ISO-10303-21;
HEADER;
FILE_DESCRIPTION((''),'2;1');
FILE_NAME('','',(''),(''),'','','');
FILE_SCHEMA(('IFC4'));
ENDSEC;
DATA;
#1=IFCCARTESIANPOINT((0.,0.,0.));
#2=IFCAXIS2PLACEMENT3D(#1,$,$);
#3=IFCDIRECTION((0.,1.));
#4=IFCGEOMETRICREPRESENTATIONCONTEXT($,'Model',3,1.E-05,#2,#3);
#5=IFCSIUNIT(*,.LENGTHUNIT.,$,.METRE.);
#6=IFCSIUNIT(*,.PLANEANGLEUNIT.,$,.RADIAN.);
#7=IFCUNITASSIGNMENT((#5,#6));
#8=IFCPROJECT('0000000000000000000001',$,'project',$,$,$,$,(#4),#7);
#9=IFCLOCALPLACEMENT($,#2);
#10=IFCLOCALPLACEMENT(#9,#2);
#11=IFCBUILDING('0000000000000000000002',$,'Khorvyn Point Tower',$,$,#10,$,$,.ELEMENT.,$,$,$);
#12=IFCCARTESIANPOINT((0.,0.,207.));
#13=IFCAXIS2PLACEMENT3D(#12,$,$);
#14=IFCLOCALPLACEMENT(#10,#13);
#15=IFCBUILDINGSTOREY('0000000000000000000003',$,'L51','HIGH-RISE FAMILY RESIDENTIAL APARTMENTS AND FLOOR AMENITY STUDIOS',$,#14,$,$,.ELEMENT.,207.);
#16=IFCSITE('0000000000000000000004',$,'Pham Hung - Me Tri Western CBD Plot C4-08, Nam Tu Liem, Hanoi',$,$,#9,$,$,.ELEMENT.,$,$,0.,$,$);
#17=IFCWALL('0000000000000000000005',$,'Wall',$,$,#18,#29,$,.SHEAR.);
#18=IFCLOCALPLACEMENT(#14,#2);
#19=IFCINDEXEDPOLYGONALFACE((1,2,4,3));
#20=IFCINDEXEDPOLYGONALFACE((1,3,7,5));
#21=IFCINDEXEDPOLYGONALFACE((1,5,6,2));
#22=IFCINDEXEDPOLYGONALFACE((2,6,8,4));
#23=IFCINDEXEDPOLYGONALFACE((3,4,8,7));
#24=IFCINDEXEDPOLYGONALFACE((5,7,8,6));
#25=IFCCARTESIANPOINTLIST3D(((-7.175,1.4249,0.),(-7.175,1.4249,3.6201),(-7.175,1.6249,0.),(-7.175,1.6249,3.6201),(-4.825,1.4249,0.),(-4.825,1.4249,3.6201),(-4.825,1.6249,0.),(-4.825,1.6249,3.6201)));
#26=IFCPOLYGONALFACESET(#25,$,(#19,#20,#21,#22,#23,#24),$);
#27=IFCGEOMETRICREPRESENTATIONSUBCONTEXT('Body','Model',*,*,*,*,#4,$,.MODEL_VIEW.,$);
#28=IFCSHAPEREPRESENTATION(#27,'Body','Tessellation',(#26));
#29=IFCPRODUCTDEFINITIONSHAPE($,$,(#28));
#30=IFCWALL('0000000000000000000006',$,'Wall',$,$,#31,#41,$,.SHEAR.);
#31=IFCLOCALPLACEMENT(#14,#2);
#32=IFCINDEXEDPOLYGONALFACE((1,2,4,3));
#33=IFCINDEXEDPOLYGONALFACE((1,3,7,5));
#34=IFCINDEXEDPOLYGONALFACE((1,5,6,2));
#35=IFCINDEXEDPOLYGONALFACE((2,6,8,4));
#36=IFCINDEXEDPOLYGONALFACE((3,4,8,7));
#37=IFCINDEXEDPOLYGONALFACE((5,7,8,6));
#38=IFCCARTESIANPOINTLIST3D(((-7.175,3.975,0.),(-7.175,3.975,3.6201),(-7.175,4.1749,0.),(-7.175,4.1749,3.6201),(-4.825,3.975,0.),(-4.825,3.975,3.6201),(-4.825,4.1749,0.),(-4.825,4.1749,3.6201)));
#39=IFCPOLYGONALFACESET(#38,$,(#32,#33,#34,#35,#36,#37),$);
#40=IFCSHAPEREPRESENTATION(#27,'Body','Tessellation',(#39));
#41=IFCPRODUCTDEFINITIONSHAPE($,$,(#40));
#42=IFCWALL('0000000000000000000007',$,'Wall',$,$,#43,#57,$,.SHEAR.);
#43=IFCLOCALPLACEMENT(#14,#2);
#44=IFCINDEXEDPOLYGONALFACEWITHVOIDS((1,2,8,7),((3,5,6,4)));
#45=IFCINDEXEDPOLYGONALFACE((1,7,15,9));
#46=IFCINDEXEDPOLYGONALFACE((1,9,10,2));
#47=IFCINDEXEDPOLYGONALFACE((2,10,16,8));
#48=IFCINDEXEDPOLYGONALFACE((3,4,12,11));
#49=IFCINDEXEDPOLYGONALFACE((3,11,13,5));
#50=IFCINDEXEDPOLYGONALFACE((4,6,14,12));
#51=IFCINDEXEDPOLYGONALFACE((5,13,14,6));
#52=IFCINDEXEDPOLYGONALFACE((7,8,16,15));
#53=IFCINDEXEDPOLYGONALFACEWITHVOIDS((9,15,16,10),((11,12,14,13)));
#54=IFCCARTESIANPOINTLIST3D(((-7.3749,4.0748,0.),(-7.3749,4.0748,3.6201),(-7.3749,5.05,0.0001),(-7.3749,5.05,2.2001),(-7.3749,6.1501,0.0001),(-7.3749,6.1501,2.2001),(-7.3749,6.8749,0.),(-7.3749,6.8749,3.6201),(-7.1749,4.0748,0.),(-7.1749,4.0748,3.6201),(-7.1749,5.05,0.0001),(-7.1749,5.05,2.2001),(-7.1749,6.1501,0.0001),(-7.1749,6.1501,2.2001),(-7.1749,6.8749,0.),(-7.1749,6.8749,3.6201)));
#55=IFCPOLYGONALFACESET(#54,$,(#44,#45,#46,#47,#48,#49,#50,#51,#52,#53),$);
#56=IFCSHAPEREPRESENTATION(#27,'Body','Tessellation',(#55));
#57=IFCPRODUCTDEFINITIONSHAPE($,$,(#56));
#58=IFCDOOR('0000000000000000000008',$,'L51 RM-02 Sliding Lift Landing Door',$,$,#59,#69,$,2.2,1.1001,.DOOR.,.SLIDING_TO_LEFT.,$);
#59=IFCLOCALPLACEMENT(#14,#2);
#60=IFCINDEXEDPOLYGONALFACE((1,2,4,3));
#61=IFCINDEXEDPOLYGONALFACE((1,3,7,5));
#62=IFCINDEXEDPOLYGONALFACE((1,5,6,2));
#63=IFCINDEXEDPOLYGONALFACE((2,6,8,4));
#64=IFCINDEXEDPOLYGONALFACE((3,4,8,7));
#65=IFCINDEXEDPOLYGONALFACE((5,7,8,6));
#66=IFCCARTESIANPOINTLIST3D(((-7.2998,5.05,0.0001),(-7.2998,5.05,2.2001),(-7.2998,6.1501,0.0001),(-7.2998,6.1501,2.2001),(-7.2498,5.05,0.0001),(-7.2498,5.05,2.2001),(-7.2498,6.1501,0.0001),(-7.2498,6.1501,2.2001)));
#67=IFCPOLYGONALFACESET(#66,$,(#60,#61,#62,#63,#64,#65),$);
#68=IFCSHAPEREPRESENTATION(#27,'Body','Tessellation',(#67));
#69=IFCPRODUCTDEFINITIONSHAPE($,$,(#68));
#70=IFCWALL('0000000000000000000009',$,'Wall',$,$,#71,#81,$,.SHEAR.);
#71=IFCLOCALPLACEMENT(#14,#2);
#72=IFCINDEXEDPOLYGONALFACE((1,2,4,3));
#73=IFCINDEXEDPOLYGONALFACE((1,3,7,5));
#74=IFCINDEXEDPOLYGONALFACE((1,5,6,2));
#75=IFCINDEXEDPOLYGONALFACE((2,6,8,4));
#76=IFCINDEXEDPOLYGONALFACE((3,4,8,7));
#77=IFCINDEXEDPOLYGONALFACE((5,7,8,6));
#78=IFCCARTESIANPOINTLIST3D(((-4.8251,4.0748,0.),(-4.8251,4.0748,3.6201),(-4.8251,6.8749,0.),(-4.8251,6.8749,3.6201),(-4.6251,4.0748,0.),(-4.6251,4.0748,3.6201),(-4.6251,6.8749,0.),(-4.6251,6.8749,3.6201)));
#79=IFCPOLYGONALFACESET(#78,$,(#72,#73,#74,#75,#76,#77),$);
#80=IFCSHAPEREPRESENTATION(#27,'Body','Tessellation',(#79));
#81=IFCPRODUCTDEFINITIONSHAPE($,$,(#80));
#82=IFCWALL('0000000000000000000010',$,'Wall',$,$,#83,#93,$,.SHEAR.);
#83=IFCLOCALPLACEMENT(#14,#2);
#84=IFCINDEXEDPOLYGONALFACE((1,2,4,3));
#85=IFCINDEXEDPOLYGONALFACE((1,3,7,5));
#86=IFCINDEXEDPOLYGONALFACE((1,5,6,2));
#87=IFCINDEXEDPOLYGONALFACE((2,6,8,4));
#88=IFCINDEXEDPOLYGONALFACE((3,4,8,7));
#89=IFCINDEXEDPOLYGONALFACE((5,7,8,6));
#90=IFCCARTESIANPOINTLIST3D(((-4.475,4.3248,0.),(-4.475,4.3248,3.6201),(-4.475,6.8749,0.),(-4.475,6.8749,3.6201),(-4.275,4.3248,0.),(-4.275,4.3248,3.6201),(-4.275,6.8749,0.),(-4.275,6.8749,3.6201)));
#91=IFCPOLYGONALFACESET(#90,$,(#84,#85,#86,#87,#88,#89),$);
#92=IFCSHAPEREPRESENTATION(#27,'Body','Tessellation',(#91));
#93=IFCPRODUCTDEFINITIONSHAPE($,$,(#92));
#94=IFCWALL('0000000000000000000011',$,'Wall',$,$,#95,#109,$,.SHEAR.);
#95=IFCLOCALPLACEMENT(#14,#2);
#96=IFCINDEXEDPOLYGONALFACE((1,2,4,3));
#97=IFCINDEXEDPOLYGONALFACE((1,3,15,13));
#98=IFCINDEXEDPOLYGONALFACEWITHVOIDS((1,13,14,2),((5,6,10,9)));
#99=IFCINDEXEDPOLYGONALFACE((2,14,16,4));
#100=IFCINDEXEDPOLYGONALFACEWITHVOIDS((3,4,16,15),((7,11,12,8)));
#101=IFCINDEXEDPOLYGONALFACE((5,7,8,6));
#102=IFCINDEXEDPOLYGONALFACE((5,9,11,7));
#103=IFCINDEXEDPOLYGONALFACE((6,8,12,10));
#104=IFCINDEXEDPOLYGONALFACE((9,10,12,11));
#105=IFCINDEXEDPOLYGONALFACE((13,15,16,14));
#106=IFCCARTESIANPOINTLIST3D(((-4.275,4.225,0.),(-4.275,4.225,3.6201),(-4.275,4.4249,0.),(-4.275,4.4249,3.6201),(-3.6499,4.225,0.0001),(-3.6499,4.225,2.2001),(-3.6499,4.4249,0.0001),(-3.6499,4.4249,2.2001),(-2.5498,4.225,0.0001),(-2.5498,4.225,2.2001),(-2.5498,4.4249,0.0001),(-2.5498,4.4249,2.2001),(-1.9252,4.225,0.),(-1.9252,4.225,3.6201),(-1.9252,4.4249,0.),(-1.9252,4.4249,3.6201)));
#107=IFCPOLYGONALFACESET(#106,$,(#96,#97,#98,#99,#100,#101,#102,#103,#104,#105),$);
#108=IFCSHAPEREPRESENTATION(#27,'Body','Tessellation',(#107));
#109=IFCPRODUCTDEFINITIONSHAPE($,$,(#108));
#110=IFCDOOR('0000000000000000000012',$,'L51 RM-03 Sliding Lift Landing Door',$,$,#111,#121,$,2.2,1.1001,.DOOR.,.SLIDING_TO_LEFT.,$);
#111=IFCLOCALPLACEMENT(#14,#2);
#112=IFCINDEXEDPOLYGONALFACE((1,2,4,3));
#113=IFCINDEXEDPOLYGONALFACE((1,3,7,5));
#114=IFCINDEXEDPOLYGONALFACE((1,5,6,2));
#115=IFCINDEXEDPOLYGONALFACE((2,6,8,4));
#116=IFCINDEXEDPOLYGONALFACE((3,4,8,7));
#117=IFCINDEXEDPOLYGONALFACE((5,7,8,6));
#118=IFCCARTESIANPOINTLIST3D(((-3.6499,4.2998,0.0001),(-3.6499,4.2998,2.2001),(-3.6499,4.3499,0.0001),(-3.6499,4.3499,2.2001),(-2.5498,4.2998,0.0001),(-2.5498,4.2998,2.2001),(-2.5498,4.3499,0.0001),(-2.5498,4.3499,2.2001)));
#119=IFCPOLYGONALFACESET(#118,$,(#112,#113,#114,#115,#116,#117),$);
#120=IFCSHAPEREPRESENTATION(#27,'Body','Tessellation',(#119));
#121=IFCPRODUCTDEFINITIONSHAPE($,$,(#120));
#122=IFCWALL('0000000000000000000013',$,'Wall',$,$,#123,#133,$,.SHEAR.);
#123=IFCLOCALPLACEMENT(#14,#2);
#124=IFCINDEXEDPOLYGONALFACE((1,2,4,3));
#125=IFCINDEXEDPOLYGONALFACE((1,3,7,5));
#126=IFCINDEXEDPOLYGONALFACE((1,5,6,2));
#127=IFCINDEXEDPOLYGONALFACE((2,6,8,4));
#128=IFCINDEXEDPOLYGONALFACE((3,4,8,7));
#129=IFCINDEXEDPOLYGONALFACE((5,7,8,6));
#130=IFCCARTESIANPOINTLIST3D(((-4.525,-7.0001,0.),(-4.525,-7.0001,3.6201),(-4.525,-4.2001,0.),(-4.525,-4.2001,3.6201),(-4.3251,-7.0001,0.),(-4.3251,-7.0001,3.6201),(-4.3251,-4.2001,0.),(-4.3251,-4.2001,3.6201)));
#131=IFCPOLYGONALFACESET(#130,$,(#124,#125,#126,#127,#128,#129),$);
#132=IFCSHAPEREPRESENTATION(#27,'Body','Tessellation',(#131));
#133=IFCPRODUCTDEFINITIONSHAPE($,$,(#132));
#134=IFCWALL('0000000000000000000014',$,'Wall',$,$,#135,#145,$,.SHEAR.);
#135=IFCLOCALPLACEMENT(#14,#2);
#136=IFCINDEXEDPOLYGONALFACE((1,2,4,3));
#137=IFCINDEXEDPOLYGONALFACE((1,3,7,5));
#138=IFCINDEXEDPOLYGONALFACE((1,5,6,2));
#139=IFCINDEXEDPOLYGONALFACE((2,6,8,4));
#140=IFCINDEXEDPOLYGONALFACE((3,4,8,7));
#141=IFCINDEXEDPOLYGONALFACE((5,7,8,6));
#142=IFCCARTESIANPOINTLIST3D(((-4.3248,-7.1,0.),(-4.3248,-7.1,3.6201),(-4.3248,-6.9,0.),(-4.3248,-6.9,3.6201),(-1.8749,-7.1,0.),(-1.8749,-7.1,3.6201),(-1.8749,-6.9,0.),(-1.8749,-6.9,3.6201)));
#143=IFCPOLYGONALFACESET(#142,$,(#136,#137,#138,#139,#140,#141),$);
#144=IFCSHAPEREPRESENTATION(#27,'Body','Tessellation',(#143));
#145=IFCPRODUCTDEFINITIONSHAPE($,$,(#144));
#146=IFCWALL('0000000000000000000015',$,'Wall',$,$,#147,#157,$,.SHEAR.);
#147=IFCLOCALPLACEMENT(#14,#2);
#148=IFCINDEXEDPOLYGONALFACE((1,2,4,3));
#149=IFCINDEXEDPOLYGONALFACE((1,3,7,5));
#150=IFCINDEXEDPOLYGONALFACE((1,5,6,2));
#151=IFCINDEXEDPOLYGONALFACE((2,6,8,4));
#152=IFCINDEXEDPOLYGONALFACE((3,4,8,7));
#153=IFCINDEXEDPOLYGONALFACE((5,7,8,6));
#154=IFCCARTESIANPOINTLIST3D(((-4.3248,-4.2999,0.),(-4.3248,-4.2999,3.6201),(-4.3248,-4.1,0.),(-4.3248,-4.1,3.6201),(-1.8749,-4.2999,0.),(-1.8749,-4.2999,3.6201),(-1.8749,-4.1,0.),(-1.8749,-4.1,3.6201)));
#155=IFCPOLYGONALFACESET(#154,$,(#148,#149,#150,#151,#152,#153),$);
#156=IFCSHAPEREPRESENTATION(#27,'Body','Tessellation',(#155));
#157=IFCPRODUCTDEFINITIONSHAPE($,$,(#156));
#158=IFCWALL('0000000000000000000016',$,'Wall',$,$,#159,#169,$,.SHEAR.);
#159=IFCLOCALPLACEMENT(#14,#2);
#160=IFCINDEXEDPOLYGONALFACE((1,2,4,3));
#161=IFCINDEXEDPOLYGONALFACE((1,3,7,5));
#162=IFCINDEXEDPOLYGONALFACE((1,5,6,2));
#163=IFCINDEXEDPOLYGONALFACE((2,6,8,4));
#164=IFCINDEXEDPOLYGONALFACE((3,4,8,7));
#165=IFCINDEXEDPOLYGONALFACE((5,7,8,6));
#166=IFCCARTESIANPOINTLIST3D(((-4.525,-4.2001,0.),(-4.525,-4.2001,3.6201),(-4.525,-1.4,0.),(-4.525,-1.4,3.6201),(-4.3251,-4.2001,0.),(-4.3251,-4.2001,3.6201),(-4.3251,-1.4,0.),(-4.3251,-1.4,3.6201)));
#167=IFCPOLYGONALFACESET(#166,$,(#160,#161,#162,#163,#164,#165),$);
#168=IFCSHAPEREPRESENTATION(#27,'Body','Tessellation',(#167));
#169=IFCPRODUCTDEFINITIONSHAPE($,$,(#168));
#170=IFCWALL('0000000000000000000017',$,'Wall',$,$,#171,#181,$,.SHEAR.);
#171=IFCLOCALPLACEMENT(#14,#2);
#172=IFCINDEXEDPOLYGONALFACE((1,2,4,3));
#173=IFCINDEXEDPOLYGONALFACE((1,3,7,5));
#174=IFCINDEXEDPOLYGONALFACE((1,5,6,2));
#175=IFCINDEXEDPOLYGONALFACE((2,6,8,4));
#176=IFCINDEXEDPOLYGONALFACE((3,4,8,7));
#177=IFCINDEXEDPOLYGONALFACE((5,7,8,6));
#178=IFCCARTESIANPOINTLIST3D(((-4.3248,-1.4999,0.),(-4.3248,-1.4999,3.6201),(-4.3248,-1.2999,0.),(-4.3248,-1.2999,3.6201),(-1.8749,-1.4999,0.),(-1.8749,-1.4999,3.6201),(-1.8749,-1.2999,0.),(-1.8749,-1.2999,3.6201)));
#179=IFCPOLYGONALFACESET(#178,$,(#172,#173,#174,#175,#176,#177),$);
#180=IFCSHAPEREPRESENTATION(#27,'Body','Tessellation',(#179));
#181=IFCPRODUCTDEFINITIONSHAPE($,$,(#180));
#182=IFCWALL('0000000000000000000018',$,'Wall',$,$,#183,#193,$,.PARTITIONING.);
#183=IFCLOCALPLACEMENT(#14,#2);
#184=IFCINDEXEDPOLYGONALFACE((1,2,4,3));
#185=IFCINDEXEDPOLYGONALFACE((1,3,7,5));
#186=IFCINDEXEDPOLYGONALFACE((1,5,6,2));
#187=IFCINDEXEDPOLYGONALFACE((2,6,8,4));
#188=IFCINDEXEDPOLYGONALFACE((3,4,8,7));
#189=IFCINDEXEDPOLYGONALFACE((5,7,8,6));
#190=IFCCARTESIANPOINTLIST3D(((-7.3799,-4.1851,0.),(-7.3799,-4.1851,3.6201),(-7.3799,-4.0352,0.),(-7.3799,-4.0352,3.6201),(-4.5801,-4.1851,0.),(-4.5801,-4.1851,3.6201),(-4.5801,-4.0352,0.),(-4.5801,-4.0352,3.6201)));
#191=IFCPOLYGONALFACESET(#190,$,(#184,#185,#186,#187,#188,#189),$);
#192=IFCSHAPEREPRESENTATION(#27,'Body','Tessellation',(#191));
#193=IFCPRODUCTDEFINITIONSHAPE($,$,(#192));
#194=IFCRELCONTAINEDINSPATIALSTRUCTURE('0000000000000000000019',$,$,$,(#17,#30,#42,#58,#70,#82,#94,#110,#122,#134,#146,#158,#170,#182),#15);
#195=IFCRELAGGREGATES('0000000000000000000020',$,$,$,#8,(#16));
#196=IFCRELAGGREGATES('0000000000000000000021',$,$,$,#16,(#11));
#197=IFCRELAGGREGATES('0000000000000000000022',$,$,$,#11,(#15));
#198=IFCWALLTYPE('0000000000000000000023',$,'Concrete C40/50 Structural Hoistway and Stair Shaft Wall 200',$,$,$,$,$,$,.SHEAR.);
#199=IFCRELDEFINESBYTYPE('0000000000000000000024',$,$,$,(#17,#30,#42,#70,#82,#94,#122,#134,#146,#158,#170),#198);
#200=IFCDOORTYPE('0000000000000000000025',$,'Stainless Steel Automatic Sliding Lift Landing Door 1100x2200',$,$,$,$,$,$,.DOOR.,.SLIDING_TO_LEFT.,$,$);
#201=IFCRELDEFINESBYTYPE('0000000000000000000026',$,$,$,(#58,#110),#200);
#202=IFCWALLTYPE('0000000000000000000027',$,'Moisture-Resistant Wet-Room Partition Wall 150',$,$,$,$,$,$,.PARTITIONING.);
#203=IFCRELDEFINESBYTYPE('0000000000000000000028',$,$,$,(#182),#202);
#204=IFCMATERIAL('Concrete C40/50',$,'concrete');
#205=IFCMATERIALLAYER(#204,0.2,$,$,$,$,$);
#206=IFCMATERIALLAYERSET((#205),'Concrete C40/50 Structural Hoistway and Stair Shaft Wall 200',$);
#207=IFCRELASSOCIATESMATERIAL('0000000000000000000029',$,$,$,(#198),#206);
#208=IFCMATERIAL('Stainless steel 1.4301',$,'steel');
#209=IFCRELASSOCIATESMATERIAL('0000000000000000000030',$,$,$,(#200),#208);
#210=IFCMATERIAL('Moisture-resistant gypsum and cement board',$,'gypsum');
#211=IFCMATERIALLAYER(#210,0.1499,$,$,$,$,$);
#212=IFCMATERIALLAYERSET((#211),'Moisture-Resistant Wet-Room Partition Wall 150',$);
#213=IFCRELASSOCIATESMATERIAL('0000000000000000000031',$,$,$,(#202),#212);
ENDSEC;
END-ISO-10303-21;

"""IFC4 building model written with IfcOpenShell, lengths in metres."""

from ifc_helpers import new_model, si_unit, direction, frame, frame_2d, origin, place, context, subcontext, project, spatial, rectangle, extrude, material, layer, layer_set, type_object, element, fill, save


model = new_model("IFC4")

# Units and contexts
model_context = context("Model", 3, precision=1e-05, world=origin(), true_north=direction((0.0, 1.0)))
body_context = subcontext(model_context, "Body", "Model", "MODEL_VIEW")
ifc_project = project(units=[si_unit("LENGTHUNIT", "METRE"), si_unit("PLANEANGLEUNIT", "RADIAN")], contexts=[model_context])

# Site, building, storey
site_placement = place(None, origin())
site = spatial("IfcSite", under=ifc_project, at=site_placement, Name="Pham Hung - Me Tri Western CBD Plot C4-08, Nam Tu Liem, Hanoi", CompositionType="ELEMENT", RefElevation=0.0)
building_placement = place(site_placement, origin())
building = spatial("IfcBuilding", under=site, at=building_placement, Name="Khorvyn Point Tower", CompositionType="ELEMENT")
storey_placement = place(building_placement, frame((0.0, 0.0, 207.0)))
storey = spatial("IfcBuildingStorey", under=building, at=storey_placement, Name="L51", Description="HIGH-RISE FAMILY RESIDENTIAL APARTMENTS AND FLOOR AMENITY STUDIOS", CompositionType="ELEMENT", Elevation=207.0)

# Shared definitions
ifc_material_1 = material(Name="Concrete C40/50", Category="concrete")

# Shared definitions
ifc_layer_1 = layer(ifc_material_1, 0.2)
ifc_layer_set_1 = layer_set([ifc_layer_1], Name="Concrete C40/50 Structural Hoistway and Stair Shaft Wall 200")
wall_type_1 = type_object("IfcWallType", Name="Concrete C40/50 Structural Hoistway and Stair Shaft Wall 200", PredefinedType="SHEAR", material=ifc_layer_set_1)
ifc_material_2 = material(Name="Stainless steel 1.4301", Category="steel")
door_type_1 = type_object("IfcDoorType", Name="Stainless Steel Automatic Sliding Lift Landing Door 1100x2200", OperationType="SLIDING_TO_LEFT", PredefinedType="DOOR", material=ifc_material_2)

# Walls
for number, where, z_axis, x_axis, name in (
    (1, (-7.175, 1.5249, 0.0), (0.0, 0.0, 1.0), (1.0, 0.0, 0.0), "Wall"),
    (2, (-7.175, 4.075, 0.0), (0.0, 0.0, 1.0), (1.0, 0.0, 0.0), "Wall"),
):
    element("IfcWall", number, at=place(storey_placement, frame(where, z_axis=z_axis, x_axis=x_axis)), inside=storey, type_object=wall_type_1, Name=name, PredefinedType="SHEAR", context=body_context, shape_type="SweptSolid", body=[
        extrude(rectangle(XDim=2.3501, YDim=0.2, at=frame_2d((1.175, 0.0))), origin(), (0.0, 0.0, 1.0), 3.6201),
    ])

# Wall, opening, door
wall_1_placement = place(storey_placement, frame((-7.2749, 4.075, 0.0), z_axis=(0.0, 0.0, 1.0), x_axis=(0.0, 1.0, 0.0)))
wall_1 = element("IfcWall", 3, at=wall_1_placement, inside=storey, type_object=wall_type_1, Name="Wall", PredefinedType="SHEAR", context=body_context, shape_type="SweptSolid", body=[
    extrude(rectangle(XDim=2.8, YDim=0.2, at=frame_2d((1.3999, 0.0))), origin(), (0.0, 0.0, 1.0), 3.6201),
])
opening_1_placement = place(wall_1_placement, frame((0.9751, 0.0, 0.0)))
opening_1 = element("IfcOpeningElement", 4, at=opening_1_placement, cuts=wall_1, PredefinedType="OPENING", context=body_context, shape_type="SweptSolid", body=[
    extrude(rectangle(XDim=1.1001, YDim=2.2, at=frame_2d((0.55, 1.1001))), frame((0.0, 0.1099, 0.0), z_axis=(0.0, -1.0, 0.0), x_axis=(1.0, 0.0, 0.0)), (0.0, 0.0, 1.0), 0.22),
])
door_1_placement = place(opening_1_placement, origin())
door_1 = element("IfcDoor", 5, at=door_1_placement, inside=storey, type_object=door_type_1, Name="L51 RM-02 Sliding Lift Landing Door", OperationType="SLIDING_TO_LEFT", OverallHeight=2.2, OverallWidth=1.1001, PredefinedType="DOOR", context=body_context, shape_type="SweptSolid", body=[
    extrude(rectangle(XDim=1.1001, YDim=2.2, at=frame_2d((0.55, 1.1001))), frame((0.0, 0.0249, 0.0), z_axis=(0.0, -1.0, 0.0), x_axis=(1.0, 0.0, 0.0)), (0.0, 0.0, 1.0), 0.05),
])
fill(opening_1, door_1)

# Walls
wall_2_placement = place(storey_placement, frame((-4.7251, 4.075, 0.0), z_axis=(0.0, 0.0, 1.0), x_axis=(0.0, 1.0, 0.0)))
element("IfcWall", 6, at=wall_2_placement, inside=storey, type_object=wall_type_1, Name="Wall", PredefinedType="SHEAR", context=body_context, shape_type="SweptSolid", body=[
    extrude(rectangle(XDim=2.8, YDim=0.2, at=frame_2d((1.3999, 0.0))), origin(), (0.0, 0.0, 1.0), 3.6201),
])
wall_3_placement = place(storey_placement, frame((-4.375, 4.325, 0.0), z_axis=(0.0, 0.0, 1.0), x_axis=(0.0, 1.0, 0.0)))
element("IfcWall", 7, at=wall_3_placement, inside=storey, type_object=wall_type_1, Name="Wall", PredefinedType="SHEAR", context=body_context, shape_type="SweptSolid", body=[
    extrude(rectangle(XDim=2.55, YDim=0.2, at=frame_2d((1.2749, 0.0))), origin(), (0.0, 0.0, 1.0), 3.6201),
])

# Wall, opening, door
wall_4_placement = place(storey_placement, frame((-4.2749, 4.325, 0.0), z_axis=(0.0, 0.0, 1.0), x_axis=(1.0, 0.0, 0.0)))
wall_4 = element("IfcWall", 8, at=wall_4_placement, inside=storey, type_object=wall_type_1, Name="Wall", PredefinedType="SHEAR", context=body_context, shape_type="SweptSolid", body=[
    extrude(rectangle(XDim=2.3499, YDim=0.2, at=frame_2d((1.1748, 0.0))), origin(), (0.0, 0.0, 1.0), 3.6201),
])
opening_2_placement = place(wall_4_placement, frame((0.625, 0.0, 0.0)))
opening_2 = element("IfcOpeningElement", 9, at=opening_2_placement, cuts=wall_4, PredefinedType="OPENING", context=body_context, shape_type="SweptSolid", body=[
    extrude(rectangle(XDim=1.1001, YDim=2.2, at=frame_2d((0.55, 1.1001))), frame((0.0, 0.1099, 0.0), z_axis=(0.0, -1.0, 0.0), x_axis=(1.0, 0.0, 0.0)), (0.0, 0.0, 1.0), 0.22),
])
door_2_placement = place(opening_2_placement, origin())
door_2 = element("IfcDoor", 10, at=door_2_placement, inside=storey, type_object=door_type_1, Name="L51 RM-03 Sliding Lift Landing Door", OperationType="SLIDING_TO_LEFT", OverallHeight=2.2, OverallWidth=1.1001, PredefinedType="DOOR", context=body_context, shape_type="SweptSolid", body=[
    extrude(rectangle(XDim=1.1001, YDim=2.2, at=frame_2d((0.55, 1.1001))), frame((0.0, 0.0249, 0.0), z_axis=(0.0, -1.0, 0.0), x_axis=(1.0, 0.0, 0.0)), (0.0, 0.0, 1.0), 0.05),
])
fill(opening_2, door_2)

# Walls
wall_5_placement = place(storey_placement, frame((-4.425, -7.0, 0.0), z_axis=(0.0, 0.0, 1.0), x_axis=(0.0, 1.0, 0.0)))
element("IfcWall", 11, at=wall_5_placement, inside=storey, type_object=wall_type_1, Name="Wall", PredefinedType="SHEAR", context=body_context, shape_type="SweptSolid", body=[
    extrude(rectangle(XDim=2.8, YDim=0.2, at=frame_2d((1.3999, 0.0))), origin(), (0.0, 0.0, 1.0), 3.6201),
])
for number, where, z_axis, x_axis, name in (
    (12, (-4.325, -7.0, 0.0), (0.0, 0.0, 1.0), (1.0, 0.0, 0.0), "Wall"),
    (13, (-4.325, -4.2, 0.0), (0.0, 0.0, 1.0), (1.0, 0.0, 0.0), "Wall"),
):
    element("IfcWall", number, at=place(storey_placement, frame(where, z_axis=z_axis, x_axis=x_axis)), inside=storey, type_object=wall_type_1, Name=name, PredefinedType="SHEAR", context=body_context, shape_type="SweptSolid", body=[
        extrude(rectangle(XDim=2.45, YDim=0.2, at=frame_2d((1.2251, 0.0))), origin(), (0.0, 0.0, 1.0), 3.6201),
    ])
wall_6_placement = place(storey_placement, frame((-4.425, -4.2, 0.0), z_axis=(0.0, 0.0, 1.0), x_axis=(0.0, 1.0, 0.0)))
element("IfcWall", 14, at=wall_6_placement, inside=storey, type_object=wall_type_1, Name="Wall", PredefinedType="SHEAR", context=body_context, shape_type="SweptSolid", body=[
    extrude(rectangle(XDim=2.8, YDim=0.2, at=frame_2d((1.3999, 0.0))), origin(), (0.0, 0.0, 1.0), 3.6201),
])
wall_7_placement = place(storey_placement, frame((-4.325, -1.3999, 0.0), z_axis=(0.0, 0.0, 1.0), x_axis=(1.0, 0.0, 0.0)))
element("IfcWall", 15, at=wall_7_placement, inside=storey, type_object=wall_type_1, Name="Wall", PredefinedType="SHEAR", context=body_context, shape_type="SweptSolid", body=[
    extrude(rectangle(XDim=2.45, YDim=0.2, at=frame_2d((1.2251, 0.0))), origin(), (0.0, 0.0, 1.0), 3.6201),
])
ifc_material_3 = material(Name="Moisture-resistant gypsum and cement board", Category="gypsum")
ifc_layer_2 = layer(ifc_material_3, 0.1499)
ifc_layer_set_2 = layer_set([ifc_layer_2], Name="Moisture-Resistant Wet-Room Partition Wall 150")
wall_type_2 = type_object("IfcWallType", Name="Moisture-Resistant Wet-Room Partition Wall 150", PredefinedType="PARTITIONING", material=ifc_layer_set_2)
wall_8_placement = place(storey_placement, frame((-7.3799, -4.1101, 0.0), z_axis=(0.0, 0.0, 1.0), x_axis=(1.0, 0.0, 0.0)))
element("IfcWall", 16, at=wall_8_placement, inside=storey, type_object=wall_type_2, Name="Wall", PredefinedType="PARTITIONING", context=body_context, shape_type="SweptSolid", body=[
    extrude(rectangle(XDim=2.7998, YDim=0.1499, at=frame_2d((1.3999, 0.0))), origin(), (0.0, 0.0, 1.0), 3.6201),
])

save(model, "model.ifc")
